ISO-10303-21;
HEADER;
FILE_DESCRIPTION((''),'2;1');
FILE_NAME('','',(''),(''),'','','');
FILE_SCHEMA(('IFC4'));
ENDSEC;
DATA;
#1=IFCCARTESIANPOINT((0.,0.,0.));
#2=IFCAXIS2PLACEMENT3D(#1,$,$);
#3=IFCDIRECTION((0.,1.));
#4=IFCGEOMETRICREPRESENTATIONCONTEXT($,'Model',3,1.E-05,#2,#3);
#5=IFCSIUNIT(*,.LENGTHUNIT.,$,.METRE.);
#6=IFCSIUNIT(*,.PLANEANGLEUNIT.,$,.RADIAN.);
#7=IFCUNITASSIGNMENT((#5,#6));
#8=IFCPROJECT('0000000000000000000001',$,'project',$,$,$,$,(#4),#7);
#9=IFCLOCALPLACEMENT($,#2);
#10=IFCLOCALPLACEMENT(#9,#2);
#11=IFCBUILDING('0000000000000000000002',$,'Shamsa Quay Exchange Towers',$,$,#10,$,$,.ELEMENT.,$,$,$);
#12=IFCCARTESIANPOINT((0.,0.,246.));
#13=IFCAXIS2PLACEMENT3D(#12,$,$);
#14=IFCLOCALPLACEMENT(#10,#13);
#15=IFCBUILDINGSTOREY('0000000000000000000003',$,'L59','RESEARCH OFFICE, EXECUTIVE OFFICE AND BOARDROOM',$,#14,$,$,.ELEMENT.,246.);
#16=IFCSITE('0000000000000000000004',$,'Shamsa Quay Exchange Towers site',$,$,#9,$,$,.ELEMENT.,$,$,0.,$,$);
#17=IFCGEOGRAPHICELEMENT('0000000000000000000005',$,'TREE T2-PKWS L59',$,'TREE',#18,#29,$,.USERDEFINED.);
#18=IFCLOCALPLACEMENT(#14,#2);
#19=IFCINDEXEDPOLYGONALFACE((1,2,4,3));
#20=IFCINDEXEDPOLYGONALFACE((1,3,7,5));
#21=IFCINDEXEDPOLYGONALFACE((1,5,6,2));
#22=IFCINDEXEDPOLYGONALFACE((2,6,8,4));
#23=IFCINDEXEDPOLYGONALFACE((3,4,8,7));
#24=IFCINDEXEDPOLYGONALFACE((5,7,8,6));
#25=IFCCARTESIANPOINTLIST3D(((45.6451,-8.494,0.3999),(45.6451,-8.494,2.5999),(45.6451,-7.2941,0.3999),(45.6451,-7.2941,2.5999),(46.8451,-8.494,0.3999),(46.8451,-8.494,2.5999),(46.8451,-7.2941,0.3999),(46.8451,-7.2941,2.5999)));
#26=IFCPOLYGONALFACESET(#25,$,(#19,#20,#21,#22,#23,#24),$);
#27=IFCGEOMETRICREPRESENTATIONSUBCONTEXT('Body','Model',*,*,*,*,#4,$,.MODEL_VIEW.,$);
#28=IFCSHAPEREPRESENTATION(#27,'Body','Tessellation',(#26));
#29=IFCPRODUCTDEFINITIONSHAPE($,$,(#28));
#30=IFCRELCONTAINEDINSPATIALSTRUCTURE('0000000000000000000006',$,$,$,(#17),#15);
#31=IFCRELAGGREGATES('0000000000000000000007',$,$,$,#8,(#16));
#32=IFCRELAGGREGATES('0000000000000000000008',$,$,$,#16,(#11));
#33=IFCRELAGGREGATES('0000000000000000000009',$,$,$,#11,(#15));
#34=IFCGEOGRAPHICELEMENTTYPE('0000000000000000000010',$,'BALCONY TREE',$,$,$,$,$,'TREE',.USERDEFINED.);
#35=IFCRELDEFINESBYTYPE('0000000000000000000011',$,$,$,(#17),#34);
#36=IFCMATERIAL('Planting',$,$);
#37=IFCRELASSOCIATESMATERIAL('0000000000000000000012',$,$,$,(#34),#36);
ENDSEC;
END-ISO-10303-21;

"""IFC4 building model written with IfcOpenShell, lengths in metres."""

from ifc_helpers import new_model, si_unit, direction, frame, origin, origin_2d, place, context, subcontext, project, spatial, rectangle, extrude, material, type_object, element, save


model = new_model("IFC4")

# Units and contexts
model_context = context("Model", 3, precision=1e-05, world=origin(), true_north=direction((0.0, 1.0)))
body_context = subcontext(model_context, "Body", "Model", "MODEL_VIEW")
ifc_project = project(units=[si_unit("LENGTHUNIT", "METRE"), si_unit("PLANEANGLEUNIT", "RADIAN")], contexts=[model_context])

# Site, building, storey
site_placement = place(None, origin())
site = spatial("IfcSite", under=ifc_project, at=site_placement, Name="Shamsa Quay Exchange Towers site", CompositionType="ELEMENT", RefElevation=0.0)
building_placement = place(site_placement, origin())
building = spatial("IfcBuilding", under=site, at=building_placement, Name="Shamsa Quay Exchange Towers", CompositionType="ELEMENT")
storey_placement = place(building_placement, frame((0.0, 0.0, 246.0)))
storey = spatial("IfcBuildingStorey", under=building, at=storey_placement, Name="L59", Description="RESEARCH OFFICE, EXECUTIVE OFFICE AND BOARDROOM", CompositionType="ELEMENT", Elevation=246.0)

# Geographic element
ifc_material_1 = material(Name="Planting")
geographic_element_type = type_object("IfcGeographicElementType", Name="BALCONY TREE", ElementType="TREE", PredefinedType="USERDEFINED", material=ifc_material_1)
geographic_element_placement = place(storey_placement, frame((46.2451, -7.894, 0.3999), z_axis=(0.0, 0.0, 1.0), x_axis=(0.0, 1.0, 0.0)))
element("IfcGeographicElement", 1, at=geographic_element_placement, inside=storey, type_object=geographic_element_type, Name="TREE T2-PKWS L59", ObjectType="TREE", PredefinedType="USERDEFINED", context=body_context, shape_type="SweptSolid", body=[
    extrude(rectangle(XDim=1.2, YDim=1.2, at=origin_2d()), origin(), (0.0, 0.0, 1.0), 2.2),
])

save(model, "model.ifc")
